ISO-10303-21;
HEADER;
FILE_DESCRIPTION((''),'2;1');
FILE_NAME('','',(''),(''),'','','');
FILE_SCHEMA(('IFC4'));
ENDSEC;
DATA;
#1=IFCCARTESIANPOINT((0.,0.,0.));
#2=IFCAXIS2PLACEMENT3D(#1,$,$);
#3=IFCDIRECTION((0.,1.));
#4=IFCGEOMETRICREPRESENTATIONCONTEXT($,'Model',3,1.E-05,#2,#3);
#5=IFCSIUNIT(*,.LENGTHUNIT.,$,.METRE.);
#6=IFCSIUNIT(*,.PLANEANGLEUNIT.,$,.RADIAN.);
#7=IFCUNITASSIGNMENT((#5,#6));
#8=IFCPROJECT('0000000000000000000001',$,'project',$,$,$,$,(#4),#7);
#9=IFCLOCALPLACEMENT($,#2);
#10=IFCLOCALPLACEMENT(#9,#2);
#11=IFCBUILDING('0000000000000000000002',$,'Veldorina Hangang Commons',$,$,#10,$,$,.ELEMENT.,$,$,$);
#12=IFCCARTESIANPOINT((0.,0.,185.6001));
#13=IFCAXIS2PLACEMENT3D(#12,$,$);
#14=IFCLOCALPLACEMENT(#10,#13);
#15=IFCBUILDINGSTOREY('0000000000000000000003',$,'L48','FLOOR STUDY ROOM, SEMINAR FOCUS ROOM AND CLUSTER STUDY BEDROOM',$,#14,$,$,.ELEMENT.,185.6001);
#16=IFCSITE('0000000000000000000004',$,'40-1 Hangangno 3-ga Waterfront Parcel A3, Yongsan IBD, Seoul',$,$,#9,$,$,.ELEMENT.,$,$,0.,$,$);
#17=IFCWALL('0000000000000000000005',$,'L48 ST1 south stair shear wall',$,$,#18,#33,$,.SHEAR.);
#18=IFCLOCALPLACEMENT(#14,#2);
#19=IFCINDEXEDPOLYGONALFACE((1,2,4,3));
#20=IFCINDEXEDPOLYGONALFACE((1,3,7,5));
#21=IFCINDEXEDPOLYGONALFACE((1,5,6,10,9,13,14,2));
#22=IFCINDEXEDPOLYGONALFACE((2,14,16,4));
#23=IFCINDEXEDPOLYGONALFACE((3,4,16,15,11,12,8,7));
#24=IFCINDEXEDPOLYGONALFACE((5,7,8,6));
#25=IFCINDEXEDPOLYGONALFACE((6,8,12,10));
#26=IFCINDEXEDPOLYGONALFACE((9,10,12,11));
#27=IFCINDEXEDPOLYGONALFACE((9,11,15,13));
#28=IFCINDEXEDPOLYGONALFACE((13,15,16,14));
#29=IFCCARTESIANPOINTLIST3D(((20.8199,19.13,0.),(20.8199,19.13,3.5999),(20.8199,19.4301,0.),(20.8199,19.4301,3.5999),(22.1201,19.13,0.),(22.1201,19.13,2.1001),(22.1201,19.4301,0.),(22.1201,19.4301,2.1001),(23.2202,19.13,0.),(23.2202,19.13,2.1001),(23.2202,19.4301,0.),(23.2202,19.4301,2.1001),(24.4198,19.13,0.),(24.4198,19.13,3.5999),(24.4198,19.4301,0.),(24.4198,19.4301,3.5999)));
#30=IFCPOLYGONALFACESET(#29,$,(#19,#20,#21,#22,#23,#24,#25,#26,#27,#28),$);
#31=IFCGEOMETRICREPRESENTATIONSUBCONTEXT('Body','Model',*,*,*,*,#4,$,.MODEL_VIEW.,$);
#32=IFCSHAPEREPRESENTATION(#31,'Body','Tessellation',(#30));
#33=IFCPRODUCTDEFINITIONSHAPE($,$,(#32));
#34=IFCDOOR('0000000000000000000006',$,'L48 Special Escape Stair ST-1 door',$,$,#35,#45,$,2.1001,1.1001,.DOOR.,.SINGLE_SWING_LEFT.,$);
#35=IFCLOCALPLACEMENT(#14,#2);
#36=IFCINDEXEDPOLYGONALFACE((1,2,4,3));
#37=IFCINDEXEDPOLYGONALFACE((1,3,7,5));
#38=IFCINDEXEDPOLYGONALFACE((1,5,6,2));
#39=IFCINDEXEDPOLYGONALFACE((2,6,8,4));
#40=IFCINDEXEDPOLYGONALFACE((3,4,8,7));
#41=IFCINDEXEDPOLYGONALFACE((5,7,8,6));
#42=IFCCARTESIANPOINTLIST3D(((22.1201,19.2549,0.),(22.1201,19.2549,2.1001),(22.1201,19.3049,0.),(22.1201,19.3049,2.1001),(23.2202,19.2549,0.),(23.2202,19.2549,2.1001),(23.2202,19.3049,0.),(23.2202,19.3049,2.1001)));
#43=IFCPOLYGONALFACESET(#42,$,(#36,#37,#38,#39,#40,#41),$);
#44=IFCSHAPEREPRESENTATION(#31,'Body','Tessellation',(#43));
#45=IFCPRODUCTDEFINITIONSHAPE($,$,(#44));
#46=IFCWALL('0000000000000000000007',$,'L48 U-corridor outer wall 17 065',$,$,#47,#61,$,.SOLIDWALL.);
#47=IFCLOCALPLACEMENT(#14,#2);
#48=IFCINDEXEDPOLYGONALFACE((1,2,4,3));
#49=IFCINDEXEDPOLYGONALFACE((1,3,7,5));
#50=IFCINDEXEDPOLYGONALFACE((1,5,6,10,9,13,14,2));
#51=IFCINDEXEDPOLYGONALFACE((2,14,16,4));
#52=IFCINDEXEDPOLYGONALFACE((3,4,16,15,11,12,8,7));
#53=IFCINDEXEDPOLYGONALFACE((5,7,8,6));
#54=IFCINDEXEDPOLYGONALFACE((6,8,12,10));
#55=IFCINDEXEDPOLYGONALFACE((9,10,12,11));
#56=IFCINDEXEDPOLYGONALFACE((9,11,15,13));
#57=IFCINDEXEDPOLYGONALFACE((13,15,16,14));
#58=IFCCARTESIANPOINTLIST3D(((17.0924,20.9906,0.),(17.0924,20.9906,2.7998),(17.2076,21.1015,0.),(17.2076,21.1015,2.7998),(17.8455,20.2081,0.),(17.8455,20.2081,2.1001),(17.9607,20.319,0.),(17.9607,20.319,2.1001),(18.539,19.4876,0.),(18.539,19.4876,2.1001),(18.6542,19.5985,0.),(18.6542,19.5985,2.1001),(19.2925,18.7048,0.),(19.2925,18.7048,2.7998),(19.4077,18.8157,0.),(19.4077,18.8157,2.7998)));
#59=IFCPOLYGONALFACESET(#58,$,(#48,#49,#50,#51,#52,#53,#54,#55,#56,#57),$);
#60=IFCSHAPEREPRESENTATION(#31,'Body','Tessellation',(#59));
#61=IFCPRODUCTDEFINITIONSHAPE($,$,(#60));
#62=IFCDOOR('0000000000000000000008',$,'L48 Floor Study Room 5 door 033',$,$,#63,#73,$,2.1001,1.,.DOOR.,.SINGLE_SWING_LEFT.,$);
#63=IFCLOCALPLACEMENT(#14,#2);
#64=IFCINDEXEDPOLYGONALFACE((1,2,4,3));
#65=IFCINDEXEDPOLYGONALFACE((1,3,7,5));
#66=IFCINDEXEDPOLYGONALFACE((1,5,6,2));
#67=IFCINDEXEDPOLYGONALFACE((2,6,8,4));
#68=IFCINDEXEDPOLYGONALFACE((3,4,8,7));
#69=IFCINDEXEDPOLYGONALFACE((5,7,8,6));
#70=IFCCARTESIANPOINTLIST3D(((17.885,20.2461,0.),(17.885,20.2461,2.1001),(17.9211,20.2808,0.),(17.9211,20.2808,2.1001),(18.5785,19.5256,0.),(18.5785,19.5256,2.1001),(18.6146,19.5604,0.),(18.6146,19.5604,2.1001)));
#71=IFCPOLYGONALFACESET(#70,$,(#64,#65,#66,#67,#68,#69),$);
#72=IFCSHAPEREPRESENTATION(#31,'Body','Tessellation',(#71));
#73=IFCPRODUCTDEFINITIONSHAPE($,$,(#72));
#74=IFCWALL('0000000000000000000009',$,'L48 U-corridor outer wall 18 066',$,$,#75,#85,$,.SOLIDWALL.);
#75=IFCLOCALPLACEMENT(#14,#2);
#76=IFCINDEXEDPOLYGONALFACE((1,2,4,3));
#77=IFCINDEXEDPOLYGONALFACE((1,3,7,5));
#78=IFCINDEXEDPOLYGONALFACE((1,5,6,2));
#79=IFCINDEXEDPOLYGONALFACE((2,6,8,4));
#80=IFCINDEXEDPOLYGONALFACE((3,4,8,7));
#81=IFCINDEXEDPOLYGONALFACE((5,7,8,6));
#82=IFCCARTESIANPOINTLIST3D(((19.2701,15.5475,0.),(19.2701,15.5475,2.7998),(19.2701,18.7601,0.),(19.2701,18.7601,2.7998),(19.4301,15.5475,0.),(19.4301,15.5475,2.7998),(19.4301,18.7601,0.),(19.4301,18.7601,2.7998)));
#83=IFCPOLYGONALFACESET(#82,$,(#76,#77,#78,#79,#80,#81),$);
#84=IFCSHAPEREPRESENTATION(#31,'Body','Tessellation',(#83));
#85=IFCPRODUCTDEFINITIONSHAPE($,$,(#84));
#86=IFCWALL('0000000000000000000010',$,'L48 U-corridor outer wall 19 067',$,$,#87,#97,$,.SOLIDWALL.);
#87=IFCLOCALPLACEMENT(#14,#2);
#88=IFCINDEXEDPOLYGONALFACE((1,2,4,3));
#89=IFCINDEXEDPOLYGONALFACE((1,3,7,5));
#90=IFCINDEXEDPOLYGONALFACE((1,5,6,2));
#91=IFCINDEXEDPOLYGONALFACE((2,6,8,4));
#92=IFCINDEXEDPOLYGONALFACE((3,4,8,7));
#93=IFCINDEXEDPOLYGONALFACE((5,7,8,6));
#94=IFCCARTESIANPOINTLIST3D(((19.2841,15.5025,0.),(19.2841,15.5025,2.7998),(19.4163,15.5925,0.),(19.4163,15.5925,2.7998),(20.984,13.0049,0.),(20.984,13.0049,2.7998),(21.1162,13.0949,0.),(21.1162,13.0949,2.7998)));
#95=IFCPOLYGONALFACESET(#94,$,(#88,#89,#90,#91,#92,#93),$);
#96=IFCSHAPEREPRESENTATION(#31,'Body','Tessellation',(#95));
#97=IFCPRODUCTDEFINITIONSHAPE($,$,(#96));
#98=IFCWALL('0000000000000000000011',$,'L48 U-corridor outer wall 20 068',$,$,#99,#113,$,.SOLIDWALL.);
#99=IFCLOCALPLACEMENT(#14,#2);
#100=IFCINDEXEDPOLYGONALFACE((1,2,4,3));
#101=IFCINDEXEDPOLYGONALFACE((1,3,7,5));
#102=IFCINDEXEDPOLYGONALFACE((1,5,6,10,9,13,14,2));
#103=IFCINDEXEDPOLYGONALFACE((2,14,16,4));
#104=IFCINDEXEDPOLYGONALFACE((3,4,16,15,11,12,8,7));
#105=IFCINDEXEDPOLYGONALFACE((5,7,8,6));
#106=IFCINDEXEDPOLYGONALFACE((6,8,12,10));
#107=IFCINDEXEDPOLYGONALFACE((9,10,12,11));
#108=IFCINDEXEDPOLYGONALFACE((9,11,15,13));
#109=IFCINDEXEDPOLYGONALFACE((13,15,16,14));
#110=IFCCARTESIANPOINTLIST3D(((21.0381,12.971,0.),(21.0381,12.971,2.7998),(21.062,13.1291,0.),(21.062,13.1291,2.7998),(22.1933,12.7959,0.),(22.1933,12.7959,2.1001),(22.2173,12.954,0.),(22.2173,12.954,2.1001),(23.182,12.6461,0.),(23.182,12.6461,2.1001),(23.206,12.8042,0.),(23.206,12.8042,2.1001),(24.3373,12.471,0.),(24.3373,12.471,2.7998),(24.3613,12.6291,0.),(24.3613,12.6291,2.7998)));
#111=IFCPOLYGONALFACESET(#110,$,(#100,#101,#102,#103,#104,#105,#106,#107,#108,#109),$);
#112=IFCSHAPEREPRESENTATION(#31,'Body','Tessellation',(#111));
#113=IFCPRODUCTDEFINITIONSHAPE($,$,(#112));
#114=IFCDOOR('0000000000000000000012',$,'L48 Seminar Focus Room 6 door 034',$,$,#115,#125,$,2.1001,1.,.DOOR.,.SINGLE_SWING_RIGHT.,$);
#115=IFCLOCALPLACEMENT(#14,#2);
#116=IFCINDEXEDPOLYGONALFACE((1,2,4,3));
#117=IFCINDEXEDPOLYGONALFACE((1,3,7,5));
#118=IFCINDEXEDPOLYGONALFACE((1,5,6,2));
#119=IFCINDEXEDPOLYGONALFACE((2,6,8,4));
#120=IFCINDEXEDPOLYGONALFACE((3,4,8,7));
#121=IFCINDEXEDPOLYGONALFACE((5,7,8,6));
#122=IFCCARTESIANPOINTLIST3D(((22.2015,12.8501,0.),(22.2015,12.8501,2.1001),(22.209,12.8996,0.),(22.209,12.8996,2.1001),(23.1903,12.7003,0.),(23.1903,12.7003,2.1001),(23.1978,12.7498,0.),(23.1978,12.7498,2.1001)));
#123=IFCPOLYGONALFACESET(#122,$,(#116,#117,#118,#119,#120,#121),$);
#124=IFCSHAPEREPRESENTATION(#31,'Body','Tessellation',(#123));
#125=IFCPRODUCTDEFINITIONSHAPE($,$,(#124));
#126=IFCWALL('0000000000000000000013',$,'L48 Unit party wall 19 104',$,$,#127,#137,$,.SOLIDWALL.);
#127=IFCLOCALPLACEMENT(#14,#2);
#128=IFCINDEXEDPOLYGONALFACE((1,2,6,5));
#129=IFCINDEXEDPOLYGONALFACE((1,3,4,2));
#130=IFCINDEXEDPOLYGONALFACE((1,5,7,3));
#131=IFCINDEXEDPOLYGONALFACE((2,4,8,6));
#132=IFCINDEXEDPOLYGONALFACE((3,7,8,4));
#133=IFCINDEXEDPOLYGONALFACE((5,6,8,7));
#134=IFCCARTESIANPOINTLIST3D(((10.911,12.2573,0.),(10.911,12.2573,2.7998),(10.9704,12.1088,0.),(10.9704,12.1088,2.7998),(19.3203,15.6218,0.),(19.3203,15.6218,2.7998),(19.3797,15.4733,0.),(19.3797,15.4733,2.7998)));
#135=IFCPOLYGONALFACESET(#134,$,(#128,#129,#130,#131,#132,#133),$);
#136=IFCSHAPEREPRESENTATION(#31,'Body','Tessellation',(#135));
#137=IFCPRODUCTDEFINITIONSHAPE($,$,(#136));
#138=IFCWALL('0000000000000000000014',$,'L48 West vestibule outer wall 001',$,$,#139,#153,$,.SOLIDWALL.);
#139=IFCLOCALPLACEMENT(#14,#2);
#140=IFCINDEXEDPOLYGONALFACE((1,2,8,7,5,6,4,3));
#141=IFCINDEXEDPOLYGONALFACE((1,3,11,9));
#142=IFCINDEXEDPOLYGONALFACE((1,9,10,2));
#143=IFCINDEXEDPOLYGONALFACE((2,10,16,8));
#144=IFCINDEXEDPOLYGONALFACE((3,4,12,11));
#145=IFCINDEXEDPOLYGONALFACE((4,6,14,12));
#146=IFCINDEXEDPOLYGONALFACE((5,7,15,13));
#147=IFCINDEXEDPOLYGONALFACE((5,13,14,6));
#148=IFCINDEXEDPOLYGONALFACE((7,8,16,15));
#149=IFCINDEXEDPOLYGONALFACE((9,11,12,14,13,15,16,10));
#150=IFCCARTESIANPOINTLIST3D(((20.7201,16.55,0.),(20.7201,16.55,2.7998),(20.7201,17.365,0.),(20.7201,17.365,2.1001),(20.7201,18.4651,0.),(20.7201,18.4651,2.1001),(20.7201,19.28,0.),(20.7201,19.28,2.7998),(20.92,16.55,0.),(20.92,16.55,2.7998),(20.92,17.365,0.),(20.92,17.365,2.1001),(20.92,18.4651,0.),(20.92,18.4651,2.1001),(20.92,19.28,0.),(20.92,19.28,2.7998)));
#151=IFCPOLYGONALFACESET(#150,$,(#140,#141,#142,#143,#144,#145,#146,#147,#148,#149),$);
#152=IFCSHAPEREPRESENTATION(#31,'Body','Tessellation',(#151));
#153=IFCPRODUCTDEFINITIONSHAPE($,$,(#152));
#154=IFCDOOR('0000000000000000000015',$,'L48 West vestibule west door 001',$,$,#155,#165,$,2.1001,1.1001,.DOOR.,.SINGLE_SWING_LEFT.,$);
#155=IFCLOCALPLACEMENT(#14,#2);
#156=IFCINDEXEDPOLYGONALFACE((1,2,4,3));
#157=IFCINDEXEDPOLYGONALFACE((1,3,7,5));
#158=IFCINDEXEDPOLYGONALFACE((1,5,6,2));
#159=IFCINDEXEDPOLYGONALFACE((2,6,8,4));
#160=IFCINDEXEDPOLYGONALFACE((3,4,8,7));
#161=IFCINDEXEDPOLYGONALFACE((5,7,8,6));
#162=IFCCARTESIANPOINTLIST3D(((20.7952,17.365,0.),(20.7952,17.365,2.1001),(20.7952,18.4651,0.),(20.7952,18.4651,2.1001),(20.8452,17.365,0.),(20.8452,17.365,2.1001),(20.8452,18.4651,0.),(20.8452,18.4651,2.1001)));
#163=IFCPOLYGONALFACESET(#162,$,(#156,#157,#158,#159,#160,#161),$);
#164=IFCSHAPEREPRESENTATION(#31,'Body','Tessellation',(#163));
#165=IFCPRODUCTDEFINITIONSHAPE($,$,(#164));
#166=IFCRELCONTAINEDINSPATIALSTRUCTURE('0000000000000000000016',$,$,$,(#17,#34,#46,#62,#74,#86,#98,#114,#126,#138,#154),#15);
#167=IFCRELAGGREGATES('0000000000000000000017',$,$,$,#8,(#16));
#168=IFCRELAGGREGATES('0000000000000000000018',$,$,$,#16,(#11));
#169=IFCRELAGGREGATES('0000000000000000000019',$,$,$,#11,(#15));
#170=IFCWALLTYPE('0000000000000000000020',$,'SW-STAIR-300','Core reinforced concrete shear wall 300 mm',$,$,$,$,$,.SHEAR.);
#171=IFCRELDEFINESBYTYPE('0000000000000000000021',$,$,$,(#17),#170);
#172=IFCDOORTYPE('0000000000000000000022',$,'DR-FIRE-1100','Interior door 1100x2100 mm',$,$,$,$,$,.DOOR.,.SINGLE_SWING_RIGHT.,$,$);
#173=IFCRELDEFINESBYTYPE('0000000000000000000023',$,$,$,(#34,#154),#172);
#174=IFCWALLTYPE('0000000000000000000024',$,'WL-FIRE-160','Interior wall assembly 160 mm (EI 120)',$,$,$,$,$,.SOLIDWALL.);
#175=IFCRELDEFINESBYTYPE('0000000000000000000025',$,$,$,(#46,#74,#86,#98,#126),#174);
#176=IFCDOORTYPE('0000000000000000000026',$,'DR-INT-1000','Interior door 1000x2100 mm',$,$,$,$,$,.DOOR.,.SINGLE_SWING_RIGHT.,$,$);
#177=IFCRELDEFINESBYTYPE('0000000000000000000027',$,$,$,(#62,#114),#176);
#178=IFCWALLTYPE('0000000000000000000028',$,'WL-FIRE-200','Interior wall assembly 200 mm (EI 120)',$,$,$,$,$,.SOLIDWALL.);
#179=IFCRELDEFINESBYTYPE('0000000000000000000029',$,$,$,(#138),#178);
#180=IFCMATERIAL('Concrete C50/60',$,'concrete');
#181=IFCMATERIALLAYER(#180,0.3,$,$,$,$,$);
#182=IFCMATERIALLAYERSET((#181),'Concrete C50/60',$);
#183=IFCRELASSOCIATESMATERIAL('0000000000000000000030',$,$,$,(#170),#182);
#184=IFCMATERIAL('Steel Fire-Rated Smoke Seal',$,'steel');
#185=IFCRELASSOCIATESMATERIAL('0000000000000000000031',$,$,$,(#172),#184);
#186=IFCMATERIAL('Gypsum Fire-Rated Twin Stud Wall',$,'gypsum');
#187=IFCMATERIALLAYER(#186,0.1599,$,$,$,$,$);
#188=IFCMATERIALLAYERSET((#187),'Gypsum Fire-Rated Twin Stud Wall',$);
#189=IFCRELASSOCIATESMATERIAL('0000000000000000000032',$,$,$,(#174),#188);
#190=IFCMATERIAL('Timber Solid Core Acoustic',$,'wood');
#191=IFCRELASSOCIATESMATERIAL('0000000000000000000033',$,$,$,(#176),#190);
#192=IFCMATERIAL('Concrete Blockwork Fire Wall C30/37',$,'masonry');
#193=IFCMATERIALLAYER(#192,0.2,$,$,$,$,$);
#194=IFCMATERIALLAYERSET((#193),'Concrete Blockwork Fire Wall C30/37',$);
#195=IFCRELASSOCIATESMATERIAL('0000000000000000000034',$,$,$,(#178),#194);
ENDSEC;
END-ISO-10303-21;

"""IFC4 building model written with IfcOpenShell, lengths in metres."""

from ifc_helpers import new_model, si_unit, direction, frame, frame_2d, origin, place, context, subcontext, project, spatial, rectangle, extrude, material, layer, layer_set, type_object, element, fill, save


model = new_model("IFC4")

# Units and contexts
model_context = context("Model", 3, precision=1e-05, world=origin(), true_north=direction((0.0, 1.0)))
body_context = subcontext(model_context, "Body", "Model", "MODEL_VIEW")
ifc_project = project(units=[si_unit("LENGTHUNIT", "METRE"), si_unit("PLANEANGLEUNIT", "RADIAN")], contexts=[model_context])

# Site, building, storey
site_placement = place(None, origin())
site = spatial("IfcSite", under=ifc_project, at=site_placement, Name="40-1 Hangangno 3-ga Waterfront Parcel A3, Yongsan IBD, Seoul", CompositionType="ELEMENT", RefElevation=0.0)
building_placement = place(site_placement, origin())
building = spatial("IfcBuilding", under=site, at=building_placement, Name="Veldorina Hangang Commons", CompositionType="ELEMENT")
storey_placement = place(building_placement, frame((0.0, 0.0, 185.6001)))
storey = spatial("IfcBuildingStorey", under=building, at=storey_placement, Name="L48", Description="FLOOR STUDY ROOM, SEMINAR FOCUS ROOM AND CLUSTER STUDY BEDROOM", CompositionType="ELEMENT", Elevation=185.6001)

# Shared definitions
ifc_material_1 = material(Name="Concrete C50/60", Category="concrete")
ifc_layer_1 = layer(ifc_material_1, 0.3)
ifc_layer_set_1 = layer_set([ifc_layer_1], Name="Concrete C50/60")
wall_type_1 = type_object("IfcWallType", Name="SW-STAIR-300", Description="Core reinforced concrete shear wall 300 mm", PredefinedType="SHEAR", material=ifc_layer_set_1)

# Walls, openings, doors
wall_1_placement = place(storey_placement, frame((20.8201, 19.28, 0.0), z_axis=(0.0, 0.0, 1.0), x_axis=(1.0, 0.0, 0.0)))
wall_1 = element("IfcWall", 1, at=wall_1_placement, inside=storey, type_object=wall_type_1, Name="L48 ST1 south stair shear wall", PredefinedType="SHEAR", context=body_context, shape_type="SweptSolid", body=[
    extrude(rectangle(XDim=3.5999, YDim=0.3, at=frame_2d((1.7998, 0.0))), origin(), (0.0, 0.0, 1.0), 3.5999),
])
opening_1_placement = place(wall_1_placement, frame((1.3, 0.0, 0.0)))
opening_1 = element("IfcOpeningElement", 2, at=opening_1_placement, cuts=wall_1, PredefinedType="OPENING", context=body_context, shape_type="SweptSolid", body=[
    extrude(rectangle(XDim=1.1001, YDim=2.1001, at=frame_2d((0.55, 1.05))), frame((0.0, 0.1602, 0.0), z_axis=(0.0, -1.0, 0.0), x_axis=(1.0, 0.0, 0.0)), (0.0, 0.0, 1.0), 0.3201),
])
ifc_material_2 = material(Name="Steel Fire-Rated Smoke Seal", Category="steel")
door_type_1 = type_object("IfcDoorType", Name="DR-FIRE-1100", Description="Interior door 1100x2100 mm", OperationType="SINGLE_SWING_RIGHT", PredefinedType="DOOR", material=ifc_material_2)
door_1_placement = place(opening_1_placement, origin())
door_1 = element("IfcDoor", 3, at=door_1_placement, inside=storey, type_object=door_type_1, Name="L48 Special Escape Stair ST-1 door", OperationType="SINGLE_SWING_LEFT", OverallHeight=2.1001, OverallWidth=1.1001, PredefinedType="DOOR", context=body_context, shape_type="SweptSolid", body=[
    extrude(rectangle(XDim=1.1001, YDim=2.1001, at=frame_2d((0.55, 1.05))), frame((0.0, 0.0249, 0.0), z_axis=(0.0, -1.0, 0.0), x_axis=(1.0, 0.0, 0.0)), (0.0, 0.0, 1.0), 0.05),
])
fill(opening_1, door_1)
ifc_material_3 = material(Name="Gypsum Fire-Rated Twin Stud Wall", Category="gypsum")
ifc_layer_2 = layer(ifc_material_3, 0.1599)
ifc_layer_set_2 = layer_set([ifc_layer_2], Name="Gypsum Fire-Rated Twin Stud Wall")
wall_type_2 = type_object("IfcWallType", Name="WL-FIRE-160", Description="Interior wall assembly 160 mm (EI 120)", PredefinedType="SOLIDWALL", material=ifc_layer_set_2)
wall_2_placement = place(storey_placement, frame((17.1499, 21.0461, 0.0), z_axis=(0.0, 0.0, 1.0), x_axis=(0.693473, -0.720483, 0.0)))
wall_2 = element("IfcWall", 4, at=wall_2_placement, inside=storey, type_object=wall_type_2, Name="L48 U-corridor outer wall 17 065", PredefinedType="SOLIDWALL", context=body_context, shape_type="SweptSolid", body=[
    extrude(rectangle(XDim=3.1726, YDim=0.1599, at=frame_2d((1.5864, 0.0))), origin(), (0.0, 0.0, 1.0), 2.7998),
])
opening_2_placement = place(wall_2_placement, frame((1.0862, 0.0, 0.0)))
opening_2 = element("IfcOpeningElement", 5, at=opening_2_placement, cuts=wall_2, PredefinedType="OPENING", context=body_context, shape_type="SweptSolid", body=[
    extrude(rectangle(XDim=1.0, YDim=2.1001, at=frame_2d((0.5, 1.05))), frame((0.0, 0.0898, 0.0), z_axis=(0.0, -1.0, 0.0), x_axis=(1.0, 0.0, 0.0)), (0.0, 0.0, 1.0), 0.1799),
])
ifc_material_4 = material(Name="Timber Solid Core Acoustic", Category="wood")
door_type_2 = type_object("IfcDoorType", Name="DR-INT-1000", Description="Interior door 1000x2100 mm", OperationType="SINGLE_SWING_RIGHT", PredefinedType="DOOR", material=ifc_material_4)
door_2_placement = place(opening_2_placement, origin())
door_2 = element("IfcDoor", 6, at=door_2_placement, inside=storey, type_object=door_type_2, Name="L48 Floor Study Room 5 door 033", OperationType="SINGLE_SWING_LEFT", OverallHeight=2.1001, OverallWidth=1.0, PredefinedType="DOOR", context=body_context, shape_type="SweptSolid", body=[
    extrude(rectangle(XDim=1.0, YDim=2.1001, at=frame_2d((0.5, 1.05))), frame((0.0, 0.0249, 0.0), z_axis=(0.0, -1.0, 0.0), x_axis=(1.0, 0.0, 0.0)), (0.0, 0.0, 1.0), 0.05),
])
fill(opening_2, door_2)

# Walls
wall_3_placement = place(storey_placement, frame((19.3501, 18.7603, 0.0), z_axis=(0.0, 0.0, 1.0), x_axis=(0.0, -1.0, 0.0)))
element("IfcWall", 7, at=wall_3_placement, inside=storey, type_object=wall_type_2, Name="L48 U-corridor outer wall 18 066", PredefinedType="SOLIDWALL", context=body_context, shape_type="SweptSolid", body=[
    extrude(rectangle(XDim=3.2126, YDim=0.1599, at=frame_2d((1.6064, 0.0))), origin(), (0.0, 0.0, 1.0), 2.7998),
])
wall_4_placement = place(storey_placement, frame((19.3501, 15.5476, 0.0), z_axis=(0.0, 0.0, 1.0), x_axis=(0.562675, -0.826678, 0.0)))
element("IfcWall", 8, at=wall_4_placement, inside=storey, type_object=wall_type_2, Name="L48 U-corridor outer wall 19 067", PredefinedType="SOLIDWALL", context=body_context, shape_type="SweptSolid", body=[
    extrude(rectangle(XDim=3.0212, YDim=0.1599, at=frame_2d((1.5107, 0.0))), origin(), (0.0, 0.0, 1.0), 2.7998),
])

# Wall, opening, door
wall_5_placement = place(storey_placement, frame((21.05, 13.05, 0.0), z_axis=(0.0, 0.0, 1.0), x_axis=(0.988711, -0.149836, 0.0)))
wall_5 = element("IfcWall", 9, at=wall_5_placement, inside=storey, type_object=wall_type_2, Name="L48 U-corridor outer wall 20 068", PredefinedType="SOLIDWALL", context=body_context, shape_type="SweptSolid", body=[
    extrude(rectangle(XDim=3.3369, YDim=0.1599, at=frame_2d((1.6685, 0.0))), origin(), (0.0, 0.0, 1.0), 2.7998),
])
opening_3_placement = place(wall_5_placement, frame((1.1685, 0.0, 0.0)))
opening_3 = element("IfcOpeningElement", 10, at=opening_3_placement, cuts=wall_5, PredefinedType="OPENING", context=body_context, shape_type="SweptSolid", body=[
    extrude(rectangle(XDim=1.0, YDim=2.1001, at=frame_2d((0.5, 1.05))), frame((0.0, 0.0898, 0.0), z_axis=(0.0, -1.0, 0.0), x_axis=(1.0, 0.0, 0.0)), (0.0, 0.0, 1.0), 0.1799),
])
door_3_placement = place(opening_3_placement, origin())
door_3 = element("IfcDoor", 11, at=door_3_placement, inside=storey, type_object=door_type_2, Name="L48 Seminar Focus Room 6 door 034", OperationType="SINGLE_SWING_RIGHT", OverallHeight=2.1001, OverallWidth=1.0, PredefinedType="DOOR", context=body_context, shape_type="SweptSolid", body=[
    extrude(rectangle(XDim=1.0, YDim=2.1001, at=frame_2d((0.5, 1.05))), frame((0.0, 0.0249, 0.0), z_axis=(0.0, -1.0, 0.0), x_axis=(1.0, 0.0, 0.0)), (0.0, 0.0, 1.0), 0.05),
])
fill(opening_3, door_3)

# Wall
wall_6_placement = place(storey_placement, frame((19.3501, 15.5476, 0.0), z_axis=(0.0, 0.0, 1.0), x_axis=(-0.928445, -0.37147, 0.0)))
element("IfcWall", 12, at=wall_6_placement, inside=storey, type_object=wall_type_2, Name="L48 Unit party wall 19 104", PredefinedType="SOLIDWALL", context=body_context, shape_type="SweptSolid", body=[
    extrude(rectangle(XDim=9.0574, YDim=0.1599, at=frame_2d((4.5288, 0.0))), origin(), (0.0, 0.0, 1.0), 2.7998),
])

# Wall, opening, door
ifc_material_5 = material(Name="Concrete Blockwork Fire Wall C30/37", Category="masonry")
ifc_layer_3 = layer(ifc_material_5, 0.2)
ifc_layer_set_3 = layer_set([ifc_layer_3], Name="Concrete Blockwork Fire Wall C30/37")
wall_type_3 = type_object("IfcWallType", Name="WL-FIRE-200", Description="Interior wall assembly 200 mm (EI 120)", PredefinedType="SOLIDWALL", material=ifc_layer_set_3)
wall_7_placement = place(storey_placement, frame((20.8201, 16.55, 0.0), z_axis=(0.0, 0.0, 1.0), x_axis=(0.0, 1.0, 0.0)))
wall_7 = element("IfcWall", 13, at=wall_7_placement, inside=storey, type_object=wall_type_3, Name="L48 West vestibule outer wall 001", PredefinedType="SOLIDWALL", context=body_context, shape_type="SweptSolid", body=[
    extrude(rectangle(XDim=2.73, YDim=0.2, at=frame_2d((1.365, 0.0))), origin(), (0.0, 0.0, 1.0), 2.7998),
])
opening_4_placement = place(wall_7_placement, frame((0.8149, 0.0, 0.0)))
opening_4 = element("IfcOpeningElement", 14, at=opening_4_placement, cuts=wall_7, PredefinedType="OPENING", context=body_context, shape_type="SweptSolid", body=[
    extrude(rectangle(XDim=1.1001, YDim=2.1001, at=frame_2d((0.55, 1.05))), frame((0.0, 0.1099, 0.0), z_axis=(0.0, -1.0, 0.0), x_axis=(1.0, 0.0, 0.0)), (0.0, 0.0, 1.0), 0.22),
])
door_4_placement = place(opening_4_placement, origin())
door_4 = element("IfcDoor", 15, at=door_4_placement, inside=storey, type_object=door_type_1, Name="L48 West vestibule west door 001", OperationType="SINGLE_SWING_LEFT", OverallHeight=2.1001, OverallWidth=1.1001, PredefinedType="DOOR", context=body_context, shape_type="SweptSolid", body=[
    extrude(rectangle(XDim=1.1001, YDim=2.1001, at=frame_2d((0.55, 1.05))), frame((0.0, 0.0249, 0.0), z_axis=(0.0, -1.0, 0.0), x_axis=(1.0, 0.0, 0.0)), (0.0, 0.0, 1.0), 0.05),
])
fill(opening_4, door_4)

save(model, "model.ifc")
